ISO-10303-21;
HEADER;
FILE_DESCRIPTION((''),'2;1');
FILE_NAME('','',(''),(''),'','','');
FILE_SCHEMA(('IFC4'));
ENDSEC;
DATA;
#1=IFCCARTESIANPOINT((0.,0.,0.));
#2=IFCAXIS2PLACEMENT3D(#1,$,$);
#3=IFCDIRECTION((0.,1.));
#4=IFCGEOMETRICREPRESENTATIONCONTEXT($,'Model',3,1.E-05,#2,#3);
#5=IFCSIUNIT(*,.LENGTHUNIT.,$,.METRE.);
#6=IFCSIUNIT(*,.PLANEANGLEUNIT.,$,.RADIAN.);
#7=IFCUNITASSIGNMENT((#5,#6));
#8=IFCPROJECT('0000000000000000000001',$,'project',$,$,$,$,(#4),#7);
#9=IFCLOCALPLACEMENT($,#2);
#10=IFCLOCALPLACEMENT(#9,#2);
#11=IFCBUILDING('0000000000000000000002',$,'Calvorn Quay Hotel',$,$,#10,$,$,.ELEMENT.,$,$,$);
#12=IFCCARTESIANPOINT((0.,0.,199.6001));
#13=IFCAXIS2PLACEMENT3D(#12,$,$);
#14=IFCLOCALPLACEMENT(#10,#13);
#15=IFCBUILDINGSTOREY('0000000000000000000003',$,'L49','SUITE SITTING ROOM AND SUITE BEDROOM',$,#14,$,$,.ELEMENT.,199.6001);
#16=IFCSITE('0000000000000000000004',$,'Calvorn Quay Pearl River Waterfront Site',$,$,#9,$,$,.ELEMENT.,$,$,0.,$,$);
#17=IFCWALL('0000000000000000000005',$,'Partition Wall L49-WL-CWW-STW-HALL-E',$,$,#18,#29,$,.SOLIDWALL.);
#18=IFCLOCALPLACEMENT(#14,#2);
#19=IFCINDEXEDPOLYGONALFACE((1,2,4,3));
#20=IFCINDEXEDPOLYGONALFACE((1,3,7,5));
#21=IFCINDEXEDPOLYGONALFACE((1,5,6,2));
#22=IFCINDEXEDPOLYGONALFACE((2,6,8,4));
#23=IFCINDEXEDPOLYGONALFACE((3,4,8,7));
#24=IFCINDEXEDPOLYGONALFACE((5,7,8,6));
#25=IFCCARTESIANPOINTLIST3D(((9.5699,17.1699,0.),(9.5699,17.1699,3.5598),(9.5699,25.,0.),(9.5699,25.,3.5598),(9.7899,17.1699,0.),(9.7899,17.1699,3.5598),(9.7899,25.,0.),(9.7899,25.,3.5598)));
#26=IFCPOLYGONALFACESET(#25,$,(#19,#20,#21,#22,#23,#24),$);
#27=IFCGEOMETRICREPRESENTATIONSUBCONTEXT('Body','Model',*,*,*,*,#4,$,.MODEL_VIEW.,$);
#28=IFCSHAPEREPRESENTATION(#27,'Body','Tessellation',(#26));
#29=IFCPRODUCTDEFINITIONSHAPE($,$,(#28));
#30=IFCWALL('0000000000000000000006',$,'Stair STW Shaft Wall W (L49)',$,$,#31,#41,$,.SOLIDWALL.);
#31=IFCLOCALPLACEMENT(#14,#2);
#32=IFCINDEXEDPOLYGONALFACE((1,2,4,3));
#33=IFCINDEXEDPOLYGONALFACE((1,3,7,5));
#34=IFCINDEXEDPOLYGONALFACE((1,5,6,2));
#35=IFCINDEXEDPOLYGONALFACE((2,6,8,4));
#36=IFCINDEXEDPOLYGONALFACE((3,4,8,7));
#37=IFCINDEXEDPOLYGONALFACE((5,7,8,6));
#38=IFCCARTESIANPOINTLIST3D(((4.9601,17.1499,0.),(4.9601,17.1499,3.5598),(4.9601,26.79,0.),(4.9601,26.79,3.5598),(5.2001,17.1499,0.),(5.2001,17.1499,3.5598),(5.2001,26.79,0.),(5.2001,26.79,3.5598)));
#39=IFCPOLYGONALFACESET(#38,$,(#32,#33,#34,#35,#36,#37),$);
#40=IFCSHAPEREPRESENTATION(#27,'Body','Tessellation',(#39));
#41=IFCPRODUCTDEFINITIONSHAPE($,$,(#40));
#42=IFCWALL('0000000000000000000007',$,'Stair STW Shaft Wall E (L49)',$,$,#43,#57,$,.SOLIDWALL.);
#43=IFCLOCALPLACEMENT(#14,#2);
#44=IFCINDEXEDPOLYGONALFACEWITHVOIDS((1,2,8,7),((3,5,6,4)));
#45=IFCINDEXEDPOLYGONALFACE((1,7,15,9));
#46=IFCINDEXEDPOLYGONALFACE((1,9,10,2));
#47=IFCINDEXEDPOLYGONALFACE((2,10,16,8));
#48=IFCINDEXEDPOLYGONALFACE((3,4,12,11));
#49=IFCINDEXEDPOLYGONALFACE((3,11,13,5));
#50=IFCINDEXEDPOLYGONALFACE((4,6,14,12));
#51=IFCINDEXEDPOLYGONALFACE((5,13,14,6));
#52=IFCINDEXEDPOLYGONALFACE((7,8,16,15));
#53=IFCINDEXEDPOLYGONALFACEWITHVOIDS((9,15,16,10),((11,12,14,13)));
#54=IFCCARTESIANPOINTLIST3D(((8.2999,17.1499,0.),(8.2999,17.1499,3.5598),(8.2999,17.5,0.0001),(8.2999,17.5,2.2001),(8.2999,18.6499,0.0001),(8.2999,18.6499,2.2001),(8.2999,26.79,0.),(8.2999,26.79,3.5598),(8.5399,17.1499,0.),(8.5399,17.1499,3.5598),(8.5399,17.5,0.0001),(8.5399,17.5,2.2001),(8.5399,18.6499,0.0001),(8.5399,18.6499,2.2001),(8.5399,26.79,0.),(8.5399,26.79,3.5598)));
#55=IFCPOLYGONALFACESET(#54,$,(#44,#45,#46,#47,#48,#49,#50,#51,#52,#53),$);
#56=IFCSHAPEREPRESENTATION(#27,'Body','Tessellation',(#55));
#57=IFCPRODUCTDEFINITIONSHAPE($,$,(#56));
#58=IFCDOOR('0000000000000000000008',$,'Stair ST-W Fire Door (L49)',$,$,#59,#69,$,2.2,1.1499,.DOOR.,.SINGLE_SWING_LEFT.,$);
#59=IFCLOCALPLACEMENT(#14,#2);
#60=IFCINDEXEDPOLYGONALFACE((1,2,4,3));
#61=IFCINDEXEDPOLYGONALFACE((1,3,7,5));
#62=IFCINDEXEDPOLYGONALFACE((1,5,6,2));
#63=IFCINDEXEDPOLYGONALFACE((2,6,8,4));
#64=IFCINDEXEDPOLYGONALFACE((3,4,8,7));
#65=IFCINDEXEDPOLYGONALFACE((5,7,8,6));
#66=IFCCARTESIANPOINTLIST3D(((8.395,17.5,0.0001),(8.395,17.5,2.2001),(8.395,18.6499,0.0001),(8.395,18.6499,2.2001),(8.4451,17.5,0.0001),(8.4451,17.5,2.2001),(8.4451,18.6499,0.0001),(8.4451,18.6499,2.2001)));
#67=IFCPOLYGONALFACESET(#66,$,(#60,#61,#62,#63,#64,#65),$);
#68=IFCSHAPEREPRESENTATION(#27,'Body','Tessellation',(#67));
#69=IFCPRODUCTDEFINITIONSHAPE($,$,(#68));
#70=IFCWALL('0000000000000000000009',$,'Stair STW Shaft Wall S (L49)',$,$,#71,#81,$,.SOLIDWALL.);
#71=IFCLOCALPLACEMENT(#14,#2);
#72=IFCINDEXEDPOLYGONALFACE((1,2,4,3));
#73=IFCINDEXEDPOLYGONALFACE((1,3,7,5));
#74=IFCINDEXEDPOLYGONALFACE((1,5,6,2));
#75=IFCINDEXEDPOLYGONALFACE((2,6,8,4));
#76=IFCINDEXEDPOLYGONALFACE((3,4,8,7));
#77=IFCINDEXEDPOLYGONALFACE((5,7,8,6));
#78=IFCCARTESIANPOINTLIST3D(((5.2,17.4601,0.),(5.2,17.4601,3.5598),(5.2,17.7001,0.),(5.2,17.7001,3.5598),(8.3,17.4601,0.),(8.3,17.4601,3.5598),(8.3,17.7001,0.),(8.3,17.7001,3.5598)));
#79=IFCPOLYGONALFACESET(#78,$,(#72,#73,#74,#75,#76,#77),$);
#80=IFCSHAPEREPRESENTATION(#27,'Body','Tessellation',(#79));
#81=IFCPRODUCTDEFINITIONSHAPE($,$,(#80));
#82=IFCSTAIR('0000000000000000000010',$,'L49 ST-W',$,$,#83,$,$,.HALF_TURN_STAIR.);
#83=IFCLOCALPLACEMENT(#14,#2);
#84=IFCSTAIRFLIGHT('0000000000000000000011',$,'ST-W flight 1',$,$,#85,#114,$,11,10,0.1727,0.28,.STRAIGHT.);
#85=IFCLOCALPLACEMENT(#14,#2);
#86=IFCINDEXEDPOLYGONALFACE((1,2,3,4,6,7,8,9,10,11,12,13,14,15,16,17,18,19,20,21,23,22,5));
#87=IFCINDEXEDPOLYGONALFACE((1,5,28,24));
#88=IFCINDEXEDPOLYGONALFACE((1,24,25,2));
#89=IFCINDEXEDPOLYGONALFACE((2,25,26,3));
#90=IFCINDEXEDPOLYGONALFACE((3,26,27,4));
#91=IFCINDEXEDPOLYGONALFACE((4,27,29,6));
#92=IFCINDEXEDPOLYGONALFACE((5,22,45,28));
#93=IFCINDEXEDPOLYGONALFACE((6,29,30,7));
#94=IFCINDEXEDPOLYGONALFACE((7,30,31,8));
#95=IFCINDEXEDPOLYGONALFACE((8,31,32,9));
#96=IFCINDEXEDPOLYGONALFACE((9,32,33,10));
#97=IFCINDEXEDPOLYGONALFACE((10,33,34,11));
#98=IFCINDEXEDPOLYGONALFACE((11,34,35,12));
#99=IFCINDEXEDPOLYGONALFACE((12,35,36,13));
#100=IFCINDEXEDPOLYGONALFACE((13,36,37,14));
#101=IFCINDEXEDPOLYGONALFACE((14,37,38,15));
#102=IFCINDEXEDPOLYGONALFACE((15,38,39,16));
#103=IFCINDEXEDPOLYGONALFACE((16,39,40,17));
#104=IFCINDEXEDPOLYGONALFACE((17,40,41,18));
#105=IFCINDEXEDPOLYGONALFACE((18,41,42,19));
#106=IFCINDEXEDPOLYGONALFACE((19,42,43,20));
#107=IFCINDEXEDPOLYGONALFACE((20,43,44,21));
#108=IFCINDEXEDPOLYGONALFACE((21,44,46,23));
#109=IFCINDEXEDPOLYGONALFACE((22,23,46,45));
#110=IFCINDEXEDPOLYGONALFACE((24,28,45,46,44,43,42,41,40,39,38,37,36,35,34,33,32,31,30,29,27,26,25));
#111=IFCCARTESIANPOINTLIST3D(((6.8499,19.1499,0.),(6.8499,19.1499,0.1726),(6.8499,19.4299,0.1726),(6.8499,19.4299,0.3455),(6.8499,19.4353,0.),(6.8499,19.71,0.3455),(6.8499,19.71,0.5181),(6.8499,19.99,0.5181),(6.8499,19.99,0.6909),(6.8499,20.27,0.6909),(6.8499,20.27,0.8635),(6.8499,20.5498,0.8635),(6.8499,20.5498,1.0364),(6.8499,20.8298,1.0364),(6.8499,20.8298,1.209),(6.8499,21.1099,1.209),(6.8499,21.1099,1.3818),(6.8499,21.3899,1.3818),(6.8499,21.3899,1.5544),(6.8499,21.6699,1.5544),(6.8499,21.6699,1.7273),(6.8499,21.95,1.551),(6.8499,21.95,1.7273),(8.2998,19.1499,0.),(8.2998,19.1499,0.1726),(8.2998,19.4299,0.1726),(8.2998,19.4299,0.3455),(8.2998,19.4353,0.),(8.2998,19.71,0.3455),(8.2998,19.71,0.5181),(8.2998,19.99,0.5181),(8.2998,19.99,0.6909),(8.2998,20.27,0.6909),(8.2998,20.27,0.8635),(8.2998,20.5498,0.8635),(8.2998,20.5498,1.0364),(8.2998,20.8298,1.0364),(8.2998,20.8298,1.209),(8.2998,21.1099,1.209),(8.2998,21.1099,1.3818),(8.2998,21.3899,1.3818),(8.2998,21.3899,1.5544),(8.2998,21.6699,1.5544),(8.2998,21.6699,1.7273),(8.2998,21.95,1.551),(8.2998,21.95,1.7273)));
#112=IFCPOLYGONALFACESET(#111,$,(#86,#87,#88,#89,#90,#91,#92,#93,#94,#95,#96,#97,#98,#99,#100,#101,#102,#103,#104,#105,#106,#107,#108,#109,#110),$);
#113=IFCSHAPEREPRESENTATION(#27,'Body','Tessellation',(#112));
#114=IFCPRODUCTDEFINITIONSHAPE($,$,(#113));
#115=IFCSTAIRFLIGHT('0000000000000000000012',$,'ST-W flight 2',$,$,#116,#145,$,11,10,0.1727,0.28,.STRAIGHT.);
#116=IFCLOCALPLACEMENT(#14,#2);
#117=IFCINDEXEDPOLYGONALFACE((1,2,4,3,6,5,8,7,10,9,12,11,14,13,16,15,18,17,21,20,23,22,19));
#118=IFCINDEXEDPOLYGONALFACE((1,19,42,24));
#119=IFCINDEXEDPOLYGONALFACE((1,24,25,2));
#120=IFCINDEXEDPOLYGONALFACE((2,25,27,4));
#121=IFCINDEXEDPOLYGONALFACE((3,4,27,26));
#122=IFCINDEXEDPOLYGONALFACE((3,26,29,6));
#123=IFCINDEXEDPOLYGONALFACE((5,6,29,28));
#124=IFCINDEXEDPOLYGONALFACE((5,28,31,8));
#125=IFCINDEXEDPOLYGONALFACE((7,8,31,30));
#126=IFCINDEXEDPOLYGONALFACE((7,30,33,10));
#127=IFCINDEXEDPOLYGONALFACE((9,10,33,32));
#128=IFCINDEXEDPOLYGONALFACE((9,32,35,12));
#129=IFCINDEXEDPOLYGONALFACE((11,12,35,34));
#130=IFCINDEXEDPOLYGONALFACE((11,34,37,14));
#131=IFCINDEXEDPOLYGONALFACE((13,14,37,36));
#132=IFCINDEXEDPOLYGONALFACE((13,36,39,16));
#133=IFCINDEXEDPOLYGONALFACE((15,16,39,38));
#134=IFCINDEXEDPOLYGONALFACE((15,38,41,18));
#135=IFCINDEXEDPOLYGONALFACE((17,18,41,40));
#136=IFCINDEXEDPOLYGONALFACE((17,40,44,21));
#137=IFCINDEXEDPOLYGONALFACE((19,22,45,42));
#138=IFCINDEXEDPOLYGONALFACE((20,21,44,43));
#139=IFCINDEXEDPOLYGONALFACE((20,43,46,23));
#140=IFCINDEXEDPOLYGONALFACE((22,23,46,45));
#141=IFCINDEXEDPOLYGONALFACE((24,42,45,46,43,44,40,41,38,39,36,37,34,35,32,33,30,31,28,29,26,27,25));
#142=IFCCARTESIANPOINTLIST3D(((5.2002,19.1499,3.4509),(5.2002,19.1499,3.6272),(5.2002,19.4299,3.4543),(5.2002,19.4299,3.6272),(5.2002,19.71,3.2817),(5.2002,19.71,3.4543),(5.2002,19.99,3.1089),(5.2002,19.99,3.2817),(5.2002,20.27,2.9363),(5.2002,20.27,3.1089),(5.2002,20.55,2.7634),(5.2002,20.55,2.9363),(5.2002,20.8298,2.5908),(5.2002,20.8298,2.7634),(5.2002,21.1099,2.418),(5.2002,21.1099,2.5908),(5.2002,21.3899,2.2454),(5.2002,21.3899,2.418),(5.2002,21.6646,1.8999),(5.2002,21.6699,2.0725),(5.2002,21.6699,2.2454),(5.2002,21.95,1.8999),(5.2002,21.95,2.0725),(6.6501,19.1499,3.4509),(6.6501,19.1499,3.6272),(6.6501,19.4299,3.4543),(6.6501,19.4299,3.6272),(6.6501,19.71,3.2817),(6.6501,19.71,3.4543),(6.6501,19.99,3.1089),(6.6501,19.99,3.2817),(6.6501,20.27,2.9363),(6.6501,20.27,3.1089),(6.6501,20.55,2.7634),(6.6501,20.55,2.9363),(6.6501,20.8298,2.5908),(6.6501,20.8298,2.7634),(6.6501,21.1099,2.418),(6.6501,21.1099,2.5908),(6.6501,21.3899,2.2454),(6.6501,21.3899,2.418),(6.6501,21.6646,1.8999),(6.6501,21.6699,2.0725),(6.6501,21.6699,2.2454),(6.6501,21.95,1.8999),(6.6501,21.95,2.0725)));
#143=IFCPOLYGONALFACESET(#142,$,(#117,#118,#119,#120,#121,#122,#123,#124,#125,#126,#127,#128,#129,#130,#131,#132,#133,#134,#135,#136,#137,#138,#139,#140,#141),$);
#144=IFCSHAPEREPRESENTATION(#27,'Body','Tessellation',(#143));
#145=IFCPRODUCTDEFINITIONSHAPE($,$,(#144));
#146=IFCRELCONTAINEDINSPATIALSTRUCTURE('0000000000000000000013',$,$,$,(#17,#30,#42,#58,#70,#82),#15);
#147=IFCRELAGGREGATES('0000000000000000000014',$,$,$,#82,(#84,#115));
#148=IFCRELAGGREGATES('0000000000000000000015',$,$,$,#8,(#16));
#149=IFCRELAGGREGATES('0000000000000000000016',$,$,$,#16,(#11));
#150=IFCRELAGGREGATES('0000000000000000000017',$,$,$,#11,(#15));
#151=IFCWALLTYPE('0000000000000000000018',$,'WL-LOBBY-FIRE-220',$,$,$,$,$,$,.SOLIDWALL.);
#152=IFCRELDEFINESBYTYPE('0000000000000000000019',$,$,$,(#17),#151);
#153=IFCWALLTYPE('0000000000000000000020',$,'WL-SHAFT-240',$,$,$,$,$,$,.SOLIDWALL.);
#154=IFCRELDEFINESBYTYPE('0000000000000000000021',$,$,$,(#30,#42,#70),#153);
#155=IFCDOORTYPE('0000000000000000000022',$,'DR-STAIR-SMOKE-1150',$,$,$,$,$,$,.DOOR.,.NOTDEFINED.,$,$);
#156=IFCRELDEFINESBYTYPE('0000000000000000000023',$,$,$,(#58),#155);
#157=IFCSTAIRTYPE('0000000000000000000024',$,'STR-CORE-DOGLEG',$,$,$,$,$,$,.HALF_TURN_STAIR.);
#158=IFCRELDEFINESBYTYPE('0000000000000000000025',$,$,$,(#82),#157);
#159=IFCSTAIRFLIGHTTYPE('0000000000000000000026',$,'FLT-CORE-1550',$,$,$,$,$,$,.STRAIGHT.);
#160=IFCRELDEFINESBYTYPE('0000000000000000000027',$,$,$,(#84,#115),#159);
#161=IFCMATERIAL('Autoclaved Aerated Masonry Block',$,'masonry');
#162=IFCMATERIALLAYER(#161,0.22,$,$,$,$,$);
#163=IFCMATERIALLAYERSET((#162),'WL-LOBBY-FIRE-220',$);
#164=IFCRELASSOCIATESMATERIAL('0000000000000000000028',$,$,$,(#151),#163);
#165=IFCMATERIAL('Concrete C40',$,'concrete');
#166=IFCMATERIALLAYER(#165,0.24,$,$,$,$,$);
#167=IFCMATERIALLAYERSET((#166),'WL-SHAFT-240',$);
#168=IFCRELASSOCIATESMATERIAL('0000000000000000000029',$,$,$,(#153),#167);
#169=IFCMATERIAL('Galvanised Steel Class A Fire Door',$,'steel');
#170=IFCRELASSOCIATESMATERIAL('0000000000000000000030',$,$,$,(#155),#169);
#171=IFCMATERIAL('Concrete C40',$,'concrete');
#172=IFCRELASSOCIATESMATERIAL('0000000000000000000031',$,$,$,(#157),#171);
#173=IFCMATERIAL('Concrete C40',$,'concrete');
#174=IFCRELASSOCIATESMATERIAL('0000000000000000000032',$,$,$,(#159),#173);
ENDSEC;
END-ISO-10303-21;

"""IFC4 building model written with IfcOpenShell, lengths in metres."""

from ifc_helpers import new_model, si_unit, direction, frame, frame_2d, origin, place, context, subcontext, project, spatial, polyline, rectangle, outline, extrude, material, layer, layer_set, type_object, element, fill, aggregate, save


model = new_model("IFC4")

# Units and contexts
model_context = context("Model", 3, precision=1e-05, world=origin(), true_north=direction((0.0, 1.0)))
body_context = subcontext(model_context, "Body", "Model", "MODEL_VIEW")
ifc_project = project(units=[si_unit("LENGTHUNIT", "METRE"), si_unit("PLANEANGLEUNIT", "RADIAN")], contexts=[model_context])

# Site, building, storey
site_placement = place(None, origin())
site = spatial("IfcSite", under=ifc_project, at=site_placement, Name="Calvorn Quay Pearl River Waterfront Site", CompositionType="ELEMENT", RefElevation=0.0)
building_placement = place(site_placement, origin())
building = spatial("IfcBuilding", under=site, at=building_placement, Name="Calvorn Quay Hotel", CompositionType="ELEMENT")
storey_placement = place(building_placement, frame((0.0, 0.0, 199.6001)))
storey = spatial("IfcBuildingStorey", under=building, at=storey_placement, Name="L49", Description="SUITE SITTING ROOM AND SUITE BEDROOM", CompositionType="ELEMENT", Elevation=199.6001)

# Walls
ifc_material_1 = material(Name="Autoclaved Aerated Masonry Block", Category="masonry")
ifc_layer_1 = layer(ifc_material_1, 0.22)
ifc_layer_set_1 = layer_set([ifc_layer_1], Name="WL-LOBBY-FIRE-220")
wall_type_1 = type_object("IfcWallType", Name="WL-LOBBY-FIRE-220", PredefinedType="SOLIDWALL", material=ifc_layer_set_1)
wall_1_placement = place(storey_placement, frame((9.6799, 17.1699, 0.0), z_axis=(0.0, 0.0, 1.0), x_axis=(0.0, 1.0, 0.0)))
element("IfcWall", 1, at=wall_1_placement, inside=storey, type_object=wall_type_1, Name="Partition Wall L49-WL-CWW-STW-HALL-E", PredefinedType="SOLIDWALL", context=body_context, shape_type="SweptSolid", body=[
    extrude(rectangle(XDim=7.8301, YDim=0.22, at=frame_2d((3.915, 0.0))), origin(), (0.0, 0.0, 1.0), 3.5598),
])
ifc_material_2 = material(Name="Concrete C40", Category="concrete")
ifc_layer_2 = layer(ifc_material_2, 0.24)
ifc_layer_set_2 = layer_set([ifc_layer_2], Name="WL-SHAFT-240")
wall_type_2 = type_object("IfcWallType", Name="WL-SHAFT-240", PredefinedType="SOLIDWALL", material=ifc_layer_set_2)
wall_2_placement = place(storey_placement, frame((5.0801, 17.1499, 0.0), z_axis=(0.0, 0.0, 1.0), x_axis=(0.0, 1.0, 0.0)))
element("IfcWall", 2, at=wall_2_placement, inside=storey, type_object=wall_type_2, Name="Stair STW Shaft Wall W (L49)", PredefinedType="SOLIDWALL", context=body_context, shape_type="SweptSolid", body=[
    extrude(rectangle(XDim=9.6401, YDim=0.24, at=frame_2d((4.8201, 0.0))), origin(), (0.0, 0.0, 1.0), 3.5598),
])

# Wall, opening, door
wall_3_placement = place(storey_placement, frame((8.4199, 17.1499, 0.0), z_axis=(0.0, 0.0, 1.0), x_axis=(0.0, 1.0, 0.0)))
wall_3 = element("IfcWall", 3, at=wall_3_placement, inside=storey, type_object=wall_type_2, Name="Stair STW Shaft Wall E (L49)", PredefinedType="SOLIDWALL", context=body_context, shape_type="SweptSolid", body=[
    extrude(rectangle(XDim=9.6401, YDim=0.24, at=frame_2d((4.8201, 0.0))), origin(), (0.0, 0.0, 1.0), 3.5598),
])
opening_1_placement = place(wall_3_placement, frame((0.3501, 0.0, 0.0)))
opening_1 = element("IfcOpeningElement", 4, at=opening_1_placement, cuts=wall_3, PredefinedType="OPENING", context=body_context, shape_type="SweptSolid", body=[
    extrude(rectangle(XDim=1.1499, YDim=2.2, at=frame_2d((0.575, 1.1001))), frame((0.0, 0.1299, 0.0), z_axis=(0.0, -1.0, 0.0), x_axis=(1.0, 0.0, 0.0)), (0.0, 0.0, 1.0), 0.26),
])
ifc_material_3 = material(Name="Galvanised Steel Class A Fire Door", Category="steel")
door_type_1 = type_object("IfcDoorType", Name="DR-STAIR-SMOKE-1150", OperationType="NOTDEFINED", PredefinedType="DOOR", material=ifc_material_3)
door_1_placement = place(opening_1_placement, origin())
door_1 = element("IfcDoor", 5, at=door_1_placement, inside=storey, type_object=door_type_1, Name="Stair ST-W Fire Door (L49)", OperationType="SINGLE_SWING_LEFT", OverallHeight=2.2, OverallWidth=1.1499, PredefinedType="DOOR", context=body_context, shape_type="SweptSolid", body=[
    extrude(rectangle(XDim=1.1499, YDim=2.2, at=frame_2d((0.575, 1.1001))), frame((0.0, 0.0249, 0.0), z_axis=(0.0, -1.0, 0.0), x_axis=(1.0, 0.0, 0.0)), (0.0, 0.0, 1.0), 0.05),
])
fill(opening_1, door_1)

# Wall
wall_4_placement = place(storey_placement, frame((5.2, 17.5801, 0.0), z_axis=(0.0, 0.0, 1.0), x_axis=(1.0, 0.0, 0.0)))
element("IfcWall", 6, at=wall_4_placement, inside=storey, type_object=wall_type_2, Name="Stair STW Shaft Wall S (L49)", PredefinedType="SOLIDWALL", context=body_context, shape_type="SweptSolid", body=[
    extrude(rectangle(XDim=3.1001, YDim=0.24, at=frame_2d((1.55, 0.0))), origin(), (0.0, 0.0, 1.0), 3.5598),
])

# Stair, stair flights
ifc_material_4 = material(Name="Concrete C40", Category="concrete")
stair_type = type_object("IfcStairType", Name="STR-CORE-DOGLEG", PredefinedType="HALF_TURN_STAIR", material=ifc_material_4)
stair_placement = place(storey_placement, origin())
stair = element("IfcStair", 7, at=stair_placement, inside=storey, type_object=stair_type, Name="L49 ST-W", PredefinedType="HALF_TURN_STAIR")
ifc_material_5 = material(Name="Concrete C40", Category="concrete")
stair_flight_type = type_object("IfcStairFlightType", Name="FLT-CORE-1550", PredefinedType="STRAIGHT", material=ifc_material_5)
stair_flight_1_placement = place(storey_placement, frame((7.575, 19.1499, 0.0), z_axis=(0.0, 0.0, 1.0), x_axis=(0.0, 1.0, 0.0)))
stair_flight_1 = element("IfcStairFlight", 8, at=stair_flight_1_placement, type_object=stair_flight_type, Name="ST-W flight 1", NumberOfRisers=11, NumberOfTreads=10, PredefinedType="STRAIGHT", RiserHeight=0.1727, TreadLength=0.28, context=body_context, shape_type="SweptSolid", body=[
    extrude(outline(polyline([(0.0, 0.0), (0.0, 0.1726), (0.28, 0.1726), (0.28, 0.3455), (0.5601, 0.3455), (0.5601, 0.5181), (0.8401, 0.5181), (0.8401, 0.6909), (1.1201, 0.6909), (1.1201, 0.8635), (1.3999, 0.8635), (1.3999, 1.0364), (1.6799, 1.0364), (1.6799, 1.209), (1.96, 1.209), (1.96, 1.3818), (2.24, 1.3818), (2.24, 1.5544), (2.52, 1.5544), (2.52, 1.7273), (2.8, 1.7273), (2.8, 1.8999), (2.8, 1.551), (0.2854, 0.0), (0.0, 0.0)])), frame((0.0, 0.7251, 0.0), z_axis=(0.0, -1.0, 0.0), x_axis=(1.0, 0.0, 0.0)), (0.0, 0.0, 1.0), 1.45),
])
stair_flight_2_placement = place(storey_placement, frame((5.925, 21.95, 1.8999), z_axis=(0.0, 0.0, 1.0), x_axis=(0.0, -1.0, 0.0)))
stair_flight_2 = element("IfcStairFlight", 9, at=stair_flight_2_placement, type_object=stair_flight_type, Name="ST-W flight 2", NumberOfRisers=11, NumberOfTreads=10, PredefinedType="STRAIGHT", RiserHeight=0.1727, TreadLength=0.28, context=body_context, shape_type="SweptSolid", body=[
    extrude(outline(polyline([(0.0, 0.0), (0.0, 0.1726), (0.28, 0.1726), (0.28, 0.3455), (0.5601, 0.3455), (0.5601, 0.5181), (0.8401, 0.5181), (0.8401, 0.6909), (1.1201, 0.6909), (1.1201, 0.8635), (1.3999, 0.8635), (1.3999, 1.0364), (1.6799, 1.0364), (1.6799, 1.209), (1.96, 1.209), (1.96, 1.3818), (2.24, 1.3818), (2.24, 1.5544), (2.52, 1.5544), (2.52, 1.7273), (2.8, 1.7273), (2.8, 1.8999), (2.8, 1.551), (0.2854, 0.0), (0.0, 0.0)])), frame((0.0, 0.7251, 0.0), z_axis=(0.0, -1.0, 0.0), x_axis=(1.0, 0.0, 0.0)), (0.0, 0.0, 1.0), 1.45),
])
aggregate(stair, [stair_flight_1, stair_flight_2])

save(model, "model.ifc")
